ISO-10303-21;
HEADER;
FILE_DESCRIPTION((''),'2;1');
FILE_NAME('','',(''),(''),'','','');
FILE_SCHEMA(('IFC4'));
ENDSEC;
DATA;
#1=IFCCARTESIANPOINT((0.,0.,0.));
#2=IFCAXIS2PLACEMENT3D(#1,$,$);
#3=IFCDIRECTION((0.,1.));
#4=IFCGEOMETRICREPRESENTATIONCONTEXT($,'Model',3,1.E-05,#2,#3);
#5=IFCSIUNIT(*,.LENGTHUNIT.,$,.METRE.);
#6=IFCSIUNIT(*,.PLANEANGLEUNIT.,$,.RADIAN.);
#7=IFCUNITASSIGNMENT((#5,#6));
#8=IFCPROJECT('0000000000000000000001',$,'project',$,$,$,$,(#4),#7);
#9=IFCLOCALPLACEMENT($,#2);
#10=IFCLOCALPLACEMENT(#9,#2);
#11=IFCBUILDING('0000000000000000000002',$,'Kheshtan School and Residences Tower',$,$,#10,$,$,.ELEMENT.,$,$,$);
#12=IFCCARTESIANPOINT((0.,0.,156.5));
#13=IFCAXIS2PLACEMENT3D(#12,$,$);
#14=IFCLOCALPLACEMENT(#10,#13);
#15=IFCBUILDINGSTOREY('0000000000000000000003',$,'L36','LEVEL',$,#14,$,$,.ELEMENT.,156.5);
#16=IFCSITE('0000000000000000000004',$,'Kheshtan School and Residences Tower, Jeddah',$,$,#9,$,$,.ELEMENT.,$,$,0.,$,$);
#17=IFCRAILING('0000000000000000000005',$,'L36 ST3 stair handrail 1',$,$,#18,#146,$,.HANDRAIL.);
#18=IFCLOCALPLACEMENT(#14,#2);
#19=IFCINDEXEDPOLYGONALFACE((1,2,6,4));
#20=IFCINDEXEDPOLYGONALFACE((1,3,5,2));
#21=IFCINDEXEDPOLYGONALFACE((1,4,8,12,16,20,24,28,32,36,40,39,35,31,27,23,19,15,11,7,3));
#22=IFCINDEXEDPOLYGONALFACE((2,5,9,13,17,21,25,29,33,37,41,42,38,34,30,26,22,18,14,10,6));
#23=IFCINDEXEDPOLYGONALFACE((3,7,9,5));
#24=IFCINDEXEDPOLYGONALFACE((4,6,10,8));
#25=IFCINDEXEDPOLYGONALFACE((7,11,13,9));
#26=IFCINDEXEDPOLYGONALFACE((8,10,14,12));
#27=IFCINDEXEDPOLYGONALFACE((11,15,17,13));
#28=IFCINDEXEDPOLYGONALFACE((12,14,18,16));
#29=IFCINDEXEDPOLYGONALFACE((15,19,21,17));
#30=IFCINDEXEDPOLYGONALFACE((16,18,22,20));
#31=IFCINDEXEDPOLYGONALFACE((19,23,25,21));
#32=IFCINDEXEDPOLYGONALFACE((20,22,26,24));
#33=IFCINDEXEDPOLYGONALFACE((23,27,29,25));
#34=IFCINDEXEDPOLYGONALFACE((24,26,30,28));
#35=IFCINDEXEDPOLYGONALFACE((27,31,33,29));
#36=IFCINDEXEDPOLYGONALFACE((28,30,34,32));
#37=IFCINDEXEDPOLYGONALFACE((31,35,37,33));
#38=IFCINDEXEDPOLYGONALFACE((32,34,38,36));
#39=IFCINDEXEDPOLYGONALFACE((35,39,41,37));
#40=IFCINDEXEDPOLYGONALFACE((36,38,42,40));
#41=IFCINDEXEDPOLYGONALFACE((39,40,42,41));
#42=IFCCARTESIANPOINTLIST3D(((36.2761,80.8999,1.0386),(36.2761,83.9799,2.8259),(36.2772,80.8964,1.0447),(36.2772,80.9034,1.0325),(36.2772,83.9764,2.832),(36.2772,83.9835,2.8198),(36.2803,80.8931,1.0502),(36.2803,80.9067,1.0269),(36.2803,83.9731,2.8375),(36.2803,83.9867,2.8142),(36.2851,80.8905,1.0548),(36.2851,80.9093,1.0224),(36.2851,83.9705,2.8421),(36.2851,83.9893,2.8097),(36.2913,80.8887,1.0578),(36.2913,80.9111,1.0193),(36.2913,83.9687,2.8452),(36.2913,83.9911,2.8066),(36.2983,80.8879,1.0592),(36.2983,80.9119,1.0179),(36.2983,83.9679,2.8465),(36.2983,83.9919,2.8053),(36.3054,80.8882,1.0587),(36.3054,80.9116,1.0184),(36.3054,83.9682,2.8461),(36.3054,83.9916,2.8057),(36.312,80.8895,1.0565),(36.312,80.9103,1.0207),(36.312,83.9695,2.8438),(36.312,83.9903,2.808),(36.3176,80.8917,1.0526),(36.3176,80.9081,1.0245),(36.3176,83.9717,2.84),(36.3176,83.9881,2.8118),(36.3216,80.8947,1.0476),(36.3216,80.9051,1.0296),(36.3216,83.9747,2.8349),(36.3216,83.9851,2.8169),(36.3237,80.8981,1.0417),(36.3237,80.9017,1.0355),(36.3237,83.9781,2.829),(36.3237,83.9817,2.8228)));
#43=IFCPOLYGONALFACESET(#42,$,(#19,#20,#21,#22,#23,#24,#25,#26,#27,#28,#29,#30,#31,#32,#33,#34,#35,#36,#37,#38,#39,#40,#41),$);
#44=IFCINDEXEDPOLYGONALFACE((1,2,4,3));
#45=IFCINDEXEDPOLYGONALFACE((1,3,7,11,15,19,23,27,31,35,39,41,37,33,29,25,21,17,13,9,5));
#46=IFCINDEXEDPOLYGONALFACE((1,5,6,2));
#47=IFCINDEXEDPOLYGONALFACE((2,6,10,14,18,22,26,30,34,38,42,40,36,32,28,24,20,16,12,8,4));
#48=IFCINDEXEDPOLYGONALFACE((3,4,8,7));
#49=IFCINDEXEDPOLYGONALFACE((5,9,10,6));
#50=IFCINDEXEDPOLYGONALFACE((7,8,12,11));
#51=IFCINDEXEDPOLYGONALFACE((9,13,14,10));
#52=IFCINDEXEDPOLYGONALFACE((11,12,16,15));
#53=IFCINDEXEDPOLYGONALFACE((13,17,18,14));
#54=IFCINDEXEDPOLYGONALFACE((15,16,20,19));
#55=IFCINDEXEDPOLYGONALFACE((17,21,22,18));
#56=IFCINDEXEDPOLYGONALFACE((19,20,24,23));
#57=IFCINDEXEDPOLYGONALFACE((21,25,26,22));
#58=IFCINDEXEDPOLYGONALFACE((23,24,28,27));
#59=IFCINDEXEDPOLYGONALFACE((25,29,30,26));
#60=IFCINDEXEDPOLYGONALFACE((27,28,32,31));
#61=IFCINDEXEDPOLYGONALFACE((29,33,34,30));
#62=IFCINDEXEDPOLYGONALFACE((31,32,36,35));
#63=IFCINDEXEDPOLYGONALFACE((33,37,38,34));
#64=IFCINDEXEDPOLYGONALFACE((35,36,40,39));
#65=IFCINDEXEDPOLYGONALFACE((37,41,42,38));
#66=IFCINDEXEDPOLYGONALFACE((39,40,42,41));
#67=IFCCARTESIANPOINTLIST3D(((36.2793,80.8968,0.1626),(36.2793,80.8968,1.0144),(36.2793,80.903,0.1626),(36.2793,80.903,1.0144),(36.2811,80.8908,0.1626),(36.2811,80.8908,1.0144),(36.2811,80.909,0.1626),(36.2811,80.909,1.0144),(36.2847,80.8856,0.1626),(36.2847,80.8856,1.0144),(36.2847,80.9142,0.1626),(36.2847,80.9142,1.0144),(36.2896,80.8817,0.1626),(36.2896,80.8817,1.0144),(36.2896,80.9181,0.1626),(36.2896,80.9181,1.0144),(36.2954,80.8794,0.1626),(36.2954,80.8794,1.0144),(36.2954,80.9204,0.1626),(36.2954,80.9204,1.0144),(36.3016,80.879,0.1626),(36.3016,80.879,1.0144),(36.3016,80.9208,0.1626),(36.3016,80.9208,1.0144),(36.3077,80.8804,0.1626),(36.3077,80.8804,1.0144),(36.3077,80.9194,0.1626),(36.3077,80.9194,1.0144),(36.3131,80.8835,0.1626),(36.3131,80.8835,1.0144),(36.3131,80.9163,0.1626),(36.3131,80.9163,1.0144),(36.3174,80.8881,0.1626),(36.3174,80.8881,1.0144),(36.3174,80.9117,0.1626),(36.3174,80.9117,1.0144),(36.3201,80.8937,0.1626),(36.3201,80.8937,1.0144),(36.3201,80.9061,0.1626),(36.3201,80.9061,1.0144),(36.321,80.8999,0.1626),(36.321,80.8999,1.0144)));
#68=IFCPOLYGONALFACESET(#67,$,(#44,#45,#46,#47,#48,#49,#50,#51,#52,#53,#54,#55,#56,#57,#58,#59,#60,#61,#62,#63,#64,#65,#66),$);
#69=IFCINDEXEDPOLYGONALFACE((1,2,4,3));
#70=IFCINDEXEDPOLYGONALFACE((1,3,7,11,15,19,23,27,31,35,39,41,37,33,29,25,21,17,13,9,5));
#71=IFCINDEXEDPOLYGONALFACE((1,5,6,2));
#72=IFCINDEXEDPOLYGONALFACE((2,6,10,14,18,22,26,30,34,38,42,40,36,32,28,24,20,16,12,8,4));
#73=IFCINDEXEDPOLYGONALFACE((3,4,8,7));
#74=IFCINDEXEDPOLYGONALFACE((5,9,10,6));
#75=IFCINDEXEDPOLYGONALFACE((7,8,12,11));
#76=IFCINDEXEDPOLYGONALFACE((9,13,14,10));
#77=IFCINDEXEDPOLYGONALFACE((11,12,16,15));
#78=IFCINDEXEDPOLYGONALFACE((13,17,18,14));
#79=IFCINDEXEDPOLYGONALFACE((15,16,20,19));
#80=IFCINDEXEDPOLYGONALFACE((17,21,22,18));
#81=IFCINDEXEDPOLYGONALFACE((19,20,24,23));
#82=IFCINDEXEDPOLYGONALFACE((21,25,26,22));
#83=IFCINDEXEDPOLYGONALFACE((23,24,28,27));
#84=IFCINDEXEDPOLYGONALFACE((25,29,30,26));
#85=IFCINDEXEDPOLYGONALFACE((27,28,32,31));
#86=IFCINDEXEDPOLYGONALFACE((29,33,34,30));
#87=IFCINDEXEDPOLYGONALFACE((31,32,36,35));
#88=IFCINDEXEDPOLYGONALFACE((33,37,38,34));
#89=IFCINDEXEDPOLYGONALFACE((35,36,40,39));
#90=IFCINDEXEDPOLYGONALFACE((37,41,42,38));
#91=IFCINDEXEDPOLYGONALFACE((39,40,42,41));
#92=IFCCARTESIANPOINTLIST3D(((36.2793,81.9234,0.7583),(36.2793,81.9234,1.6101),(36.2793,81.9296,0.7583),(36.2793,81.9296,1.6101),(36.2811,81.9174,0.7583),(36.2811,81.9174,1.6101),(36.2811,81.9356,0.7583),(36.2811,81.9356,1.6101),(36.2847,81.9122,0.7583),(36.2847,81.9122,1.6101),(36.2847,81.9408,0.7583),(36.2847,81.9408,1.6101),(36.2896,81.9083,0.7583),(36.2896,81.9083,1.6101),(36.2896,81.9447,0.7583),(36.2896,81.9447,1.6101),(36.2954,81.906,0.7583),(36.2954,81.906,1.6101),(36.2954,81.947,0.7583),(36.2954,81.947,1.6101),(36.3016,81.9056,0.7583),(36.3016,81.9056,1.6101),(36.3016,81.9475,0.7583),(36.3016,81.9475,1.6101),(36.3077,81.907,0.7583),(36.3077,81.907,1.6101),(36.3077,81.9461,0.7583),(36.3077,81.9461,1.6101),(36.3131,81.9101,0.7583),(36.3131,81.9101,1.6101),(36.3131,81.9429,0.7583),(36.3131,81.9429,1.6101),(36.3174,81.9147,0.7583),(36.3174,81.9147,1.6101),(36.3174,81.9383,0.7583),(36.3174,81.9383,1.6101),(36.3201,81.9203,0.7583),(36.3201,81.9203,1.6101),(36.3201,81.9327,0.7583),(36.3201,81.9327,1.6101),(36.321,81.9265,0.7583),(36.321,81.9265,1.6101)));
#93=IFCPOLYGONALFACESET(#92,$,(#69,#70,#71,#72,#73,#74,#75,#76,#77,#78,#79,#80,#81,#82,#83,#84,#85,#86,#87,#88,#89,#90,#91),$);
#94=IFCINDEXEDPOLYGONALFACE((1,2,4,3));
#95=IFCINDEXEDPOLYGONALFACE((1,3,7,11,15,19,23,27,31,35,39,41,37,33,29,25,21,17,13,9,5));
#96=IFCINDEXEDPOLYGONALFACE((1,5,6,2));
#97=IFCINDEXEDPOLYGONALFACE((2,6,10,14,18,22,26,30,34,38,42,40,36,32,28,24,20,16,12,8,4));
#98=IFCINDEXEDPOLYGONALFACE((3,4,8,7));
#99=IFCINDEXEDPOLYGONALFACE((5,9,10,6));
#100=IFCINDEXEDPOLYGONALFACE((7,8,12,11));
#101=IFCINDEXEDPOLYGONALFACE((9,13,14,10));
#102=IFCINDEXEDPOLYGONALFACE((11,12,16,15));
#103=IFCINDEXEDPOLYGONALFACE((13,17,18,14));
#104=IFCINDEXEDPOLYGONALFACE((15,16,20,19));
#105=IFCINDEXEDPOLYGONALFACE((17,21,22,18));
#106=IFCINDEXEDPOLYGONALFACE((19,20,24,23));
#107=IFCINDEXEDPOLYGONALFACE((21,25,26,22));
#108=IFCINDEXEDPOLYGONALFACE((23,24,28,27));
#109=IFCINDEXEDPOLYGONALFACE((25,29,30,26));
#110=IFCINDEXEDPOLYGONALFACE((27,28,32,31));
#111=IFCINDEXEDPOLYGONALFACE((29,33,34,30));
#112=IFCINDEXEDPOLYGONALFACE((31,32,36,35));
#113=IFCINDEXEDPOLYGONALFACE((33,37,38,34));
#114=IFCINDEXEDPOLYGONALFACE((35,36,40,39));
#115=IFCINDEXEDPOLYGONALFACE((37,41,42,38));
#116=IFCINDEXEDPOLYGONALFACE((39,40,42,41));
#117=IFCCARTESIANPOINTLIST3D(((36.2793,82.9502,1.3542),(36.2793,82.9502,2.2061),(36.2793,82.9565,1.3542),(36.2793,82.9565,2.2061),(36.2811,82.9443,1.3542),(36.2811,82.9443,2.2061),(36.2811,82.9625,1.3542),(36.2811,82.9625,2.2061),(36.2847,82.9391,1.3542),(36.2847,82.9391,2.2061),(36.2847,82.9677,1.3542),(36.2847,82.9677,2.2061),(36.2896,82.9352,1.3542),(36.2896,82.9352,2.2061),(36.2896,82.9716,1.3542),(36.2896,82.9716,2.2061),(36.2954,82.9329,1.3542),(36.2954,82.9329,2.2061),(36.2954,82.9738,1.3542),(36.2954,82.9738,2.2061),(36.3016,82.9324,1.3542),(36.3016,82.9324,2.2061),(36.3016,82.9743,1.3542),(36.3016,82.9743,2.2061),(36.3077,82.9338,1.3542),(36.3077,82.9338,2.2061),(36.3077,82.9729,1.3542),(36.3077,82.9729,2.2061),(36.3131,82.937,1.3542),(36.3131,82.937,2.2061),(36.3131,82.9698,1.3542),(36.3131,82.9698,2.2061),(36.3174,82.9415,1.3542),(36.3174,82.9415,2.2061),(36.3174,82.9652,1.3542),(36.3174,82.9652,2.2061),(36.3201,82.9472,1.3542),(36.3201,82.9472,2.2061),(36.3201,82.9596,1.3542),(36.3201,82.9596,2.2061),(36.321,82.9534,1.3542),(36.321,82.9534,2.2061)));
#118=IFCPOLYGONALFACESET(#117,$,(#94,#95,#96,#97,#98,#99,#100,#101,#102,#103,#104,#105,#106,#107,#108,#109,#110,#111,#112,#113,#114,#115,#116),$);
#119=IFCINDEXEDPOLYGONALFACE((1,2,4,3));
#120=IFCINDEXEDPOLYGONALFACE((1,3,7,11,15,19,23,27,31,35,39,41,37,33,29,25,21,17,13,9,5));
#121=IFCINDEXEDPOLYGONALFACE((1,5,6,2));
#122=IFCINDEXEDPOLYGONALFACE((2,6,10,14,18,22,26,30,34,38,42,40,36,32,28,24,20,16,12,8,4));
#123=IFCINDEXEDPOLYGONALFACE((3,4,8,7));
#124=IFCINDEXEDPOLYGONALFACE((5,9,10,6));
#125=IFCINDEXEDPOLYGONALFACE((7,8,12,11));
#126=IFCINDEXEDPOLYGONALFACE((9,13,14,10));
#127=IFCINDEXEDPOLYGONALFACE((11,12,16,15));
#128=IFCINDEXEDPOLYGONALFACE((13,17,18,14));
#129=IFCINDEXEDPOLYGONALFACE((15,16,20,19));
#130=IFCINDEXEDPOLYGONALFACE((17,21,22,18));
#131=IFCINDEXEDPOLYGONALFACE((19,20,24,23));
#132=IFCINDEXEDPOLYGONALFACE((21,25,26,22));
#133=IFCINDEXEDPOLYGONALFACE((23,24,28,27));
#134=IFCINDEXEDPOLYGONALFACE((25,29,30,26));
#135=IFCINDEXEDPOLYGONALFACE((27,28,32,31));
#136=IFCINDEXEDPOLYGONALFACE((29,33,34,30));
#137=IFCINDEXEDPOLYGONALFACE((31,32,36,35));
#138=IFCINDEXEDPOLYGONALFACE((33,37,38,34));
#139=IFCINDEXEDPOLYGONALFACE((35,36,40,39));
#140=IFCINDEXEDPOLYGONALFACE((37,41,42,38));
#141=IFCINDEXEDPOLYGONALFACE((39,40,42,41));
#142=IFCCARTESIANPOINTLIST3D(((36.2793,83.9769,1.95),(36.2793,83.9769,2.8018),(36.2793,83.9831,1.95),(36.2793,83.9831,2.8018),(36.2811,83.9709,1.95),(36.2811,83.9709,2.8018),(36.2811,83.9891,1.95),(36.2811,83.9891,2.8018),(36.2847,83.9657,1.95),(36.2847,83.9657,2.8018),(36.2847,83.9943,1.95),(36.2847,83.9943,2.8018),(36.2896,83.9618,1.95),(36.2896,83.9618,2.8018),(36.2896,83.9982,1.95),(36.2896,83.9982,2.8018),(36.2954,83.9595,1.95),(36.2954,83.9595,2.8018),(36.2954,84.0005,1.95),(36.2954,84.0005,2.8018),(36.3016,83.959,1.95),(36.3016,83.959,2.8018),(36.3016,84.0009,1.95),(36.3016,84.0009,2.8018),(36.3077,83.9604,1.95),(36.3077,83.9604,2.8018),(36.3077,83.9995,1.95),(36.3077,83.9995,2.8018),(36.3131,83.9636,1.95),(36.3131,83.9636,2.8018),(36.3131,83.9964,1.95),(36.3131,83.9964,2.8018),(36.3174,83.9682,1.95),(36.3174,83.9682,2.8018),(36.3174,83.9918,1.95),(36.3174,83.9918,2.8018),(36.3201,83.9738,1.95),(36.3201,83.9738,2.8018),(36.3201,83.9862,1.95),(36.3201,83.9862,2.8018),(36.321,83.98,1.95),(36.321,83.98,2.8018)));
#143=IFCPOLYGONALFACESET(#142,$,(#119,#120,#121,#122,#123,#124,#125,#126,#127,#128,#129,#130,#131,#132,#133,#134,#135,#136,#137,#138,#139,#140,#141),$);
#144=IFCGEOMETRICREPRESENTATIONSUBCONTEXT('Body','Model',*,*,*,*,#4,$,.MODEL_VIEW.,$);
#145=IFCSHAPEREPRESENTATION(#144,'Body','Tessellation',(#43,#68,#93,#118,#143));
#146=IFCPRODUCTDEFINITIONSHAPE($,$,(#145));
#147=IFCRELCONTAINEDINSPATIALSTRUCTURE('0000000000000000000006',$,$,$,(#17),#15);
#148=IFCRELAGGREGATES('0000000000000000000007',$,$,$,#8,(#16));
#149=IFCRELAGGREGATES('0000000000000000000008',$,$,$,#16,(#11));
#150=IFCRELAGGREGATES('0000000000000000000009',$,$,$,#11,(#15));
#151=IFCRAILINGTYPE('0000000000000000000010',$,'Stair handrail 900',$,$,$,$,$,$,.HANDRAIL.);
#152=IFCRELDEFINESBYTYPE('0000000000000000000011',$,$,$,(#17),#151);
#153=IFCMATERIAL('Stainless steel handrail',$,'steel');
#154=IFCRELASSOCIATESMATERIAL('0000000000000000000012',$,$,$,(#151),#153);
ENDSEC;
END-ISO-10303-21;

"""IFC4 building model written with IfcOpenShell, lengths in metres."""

from ifc_helpers import new_model, si_unit, direction, frame, origin, origin_2d, place, context, subcontext, project, spatial, circle, extrude, material, type_object, element, save


model = new_model("IFC4")

# Units and contexts
model_context = context("Model", 3, precision=1e-05, world=origin(), true_north=direction((0.0, 1.0)))
body_context = subcontext(model_context, "Body", "Model", "MODEL_VIEW")
ifc_project = project(units=[si_unit("LENGTHUNIT", "METRE"), si_unit("PLANEANGLEUNIT", "RADIAN")], contexts=[model_context])

# Site, building, storey
site_placement = place(None, origin())
site = spatial("IfcSite", under=ifc_project, at=site_placement, Name="Kheshtan School and Residences Tower, Jeddah", CompositionType="ELEMENT", RefElevation=0.0)
building_placement = place(site_placement, origin())
building = spatial("IfcBuilding", under=site, at=building_placement, Name="Kheshtan School and Residences Tower", CompositionType="ELEMENT")
storey_placement = place(building_placement, frame((0.0, 0.0, 156.5)))
storey = spatial("IfcBuildingStorey", under=building, at=storey_placement, Name="L36", Description="LEVEL", CompositionType="ELEMENT", Elevation=156.5)

# Railing
ifc_material_1 = material(Name="Stainless steel handrail", Category="steel")
railing_type_1 = type_object("IfcRailingType", Name="Stair handrail 900", PredefinedType="HANDRAIL", material=ifc_material_1)
railing_1_placement = place(storey_placement, frame((36.3, 80.8999, 0.1626)))
element("IfcRailing", 1, at=railing_1_placement, inside=storey, type_object=railing_type_1, Name="L36 ST3 stair handrail 1", PredefinedType="HANDRAIL", context=body_context, shape_type="SweptSolid", body=[
    extrude(circle(Radius=0.0239, at=origin_2d()), frame((0.0, 0.0, 0.876), z_axis=(0.0, 0.86492, 0.501909), x_axis=(-1.0, 0.0, 0.0)), (0.0, 0.0, 1.0), 3.561),
    extrude(circle(Radius=0.021, at=origin_2d()), origin(), (0.0, 0.0, 1.0), 0.8518),
    extrude(circle(Radius=0.021, at=origin_2d()), frame((0.0, 1.0266, 0.5957)), (0.0, 0.0, 1.0), 0.8518),
    extrude(circle(Radius=0.021, at=origin_2d()), frame((0.0, 2.0535, 1.1917)), (0.0, 0.0, 1.0), 0.8518),
    extrude(circle(Radius=0.021, at=origin_2d()), frame((0.0, 3.0801, 1.7874)), (0.0, 0.0, 1.0), 0.8518),
])

save(model, "model.ifc")
